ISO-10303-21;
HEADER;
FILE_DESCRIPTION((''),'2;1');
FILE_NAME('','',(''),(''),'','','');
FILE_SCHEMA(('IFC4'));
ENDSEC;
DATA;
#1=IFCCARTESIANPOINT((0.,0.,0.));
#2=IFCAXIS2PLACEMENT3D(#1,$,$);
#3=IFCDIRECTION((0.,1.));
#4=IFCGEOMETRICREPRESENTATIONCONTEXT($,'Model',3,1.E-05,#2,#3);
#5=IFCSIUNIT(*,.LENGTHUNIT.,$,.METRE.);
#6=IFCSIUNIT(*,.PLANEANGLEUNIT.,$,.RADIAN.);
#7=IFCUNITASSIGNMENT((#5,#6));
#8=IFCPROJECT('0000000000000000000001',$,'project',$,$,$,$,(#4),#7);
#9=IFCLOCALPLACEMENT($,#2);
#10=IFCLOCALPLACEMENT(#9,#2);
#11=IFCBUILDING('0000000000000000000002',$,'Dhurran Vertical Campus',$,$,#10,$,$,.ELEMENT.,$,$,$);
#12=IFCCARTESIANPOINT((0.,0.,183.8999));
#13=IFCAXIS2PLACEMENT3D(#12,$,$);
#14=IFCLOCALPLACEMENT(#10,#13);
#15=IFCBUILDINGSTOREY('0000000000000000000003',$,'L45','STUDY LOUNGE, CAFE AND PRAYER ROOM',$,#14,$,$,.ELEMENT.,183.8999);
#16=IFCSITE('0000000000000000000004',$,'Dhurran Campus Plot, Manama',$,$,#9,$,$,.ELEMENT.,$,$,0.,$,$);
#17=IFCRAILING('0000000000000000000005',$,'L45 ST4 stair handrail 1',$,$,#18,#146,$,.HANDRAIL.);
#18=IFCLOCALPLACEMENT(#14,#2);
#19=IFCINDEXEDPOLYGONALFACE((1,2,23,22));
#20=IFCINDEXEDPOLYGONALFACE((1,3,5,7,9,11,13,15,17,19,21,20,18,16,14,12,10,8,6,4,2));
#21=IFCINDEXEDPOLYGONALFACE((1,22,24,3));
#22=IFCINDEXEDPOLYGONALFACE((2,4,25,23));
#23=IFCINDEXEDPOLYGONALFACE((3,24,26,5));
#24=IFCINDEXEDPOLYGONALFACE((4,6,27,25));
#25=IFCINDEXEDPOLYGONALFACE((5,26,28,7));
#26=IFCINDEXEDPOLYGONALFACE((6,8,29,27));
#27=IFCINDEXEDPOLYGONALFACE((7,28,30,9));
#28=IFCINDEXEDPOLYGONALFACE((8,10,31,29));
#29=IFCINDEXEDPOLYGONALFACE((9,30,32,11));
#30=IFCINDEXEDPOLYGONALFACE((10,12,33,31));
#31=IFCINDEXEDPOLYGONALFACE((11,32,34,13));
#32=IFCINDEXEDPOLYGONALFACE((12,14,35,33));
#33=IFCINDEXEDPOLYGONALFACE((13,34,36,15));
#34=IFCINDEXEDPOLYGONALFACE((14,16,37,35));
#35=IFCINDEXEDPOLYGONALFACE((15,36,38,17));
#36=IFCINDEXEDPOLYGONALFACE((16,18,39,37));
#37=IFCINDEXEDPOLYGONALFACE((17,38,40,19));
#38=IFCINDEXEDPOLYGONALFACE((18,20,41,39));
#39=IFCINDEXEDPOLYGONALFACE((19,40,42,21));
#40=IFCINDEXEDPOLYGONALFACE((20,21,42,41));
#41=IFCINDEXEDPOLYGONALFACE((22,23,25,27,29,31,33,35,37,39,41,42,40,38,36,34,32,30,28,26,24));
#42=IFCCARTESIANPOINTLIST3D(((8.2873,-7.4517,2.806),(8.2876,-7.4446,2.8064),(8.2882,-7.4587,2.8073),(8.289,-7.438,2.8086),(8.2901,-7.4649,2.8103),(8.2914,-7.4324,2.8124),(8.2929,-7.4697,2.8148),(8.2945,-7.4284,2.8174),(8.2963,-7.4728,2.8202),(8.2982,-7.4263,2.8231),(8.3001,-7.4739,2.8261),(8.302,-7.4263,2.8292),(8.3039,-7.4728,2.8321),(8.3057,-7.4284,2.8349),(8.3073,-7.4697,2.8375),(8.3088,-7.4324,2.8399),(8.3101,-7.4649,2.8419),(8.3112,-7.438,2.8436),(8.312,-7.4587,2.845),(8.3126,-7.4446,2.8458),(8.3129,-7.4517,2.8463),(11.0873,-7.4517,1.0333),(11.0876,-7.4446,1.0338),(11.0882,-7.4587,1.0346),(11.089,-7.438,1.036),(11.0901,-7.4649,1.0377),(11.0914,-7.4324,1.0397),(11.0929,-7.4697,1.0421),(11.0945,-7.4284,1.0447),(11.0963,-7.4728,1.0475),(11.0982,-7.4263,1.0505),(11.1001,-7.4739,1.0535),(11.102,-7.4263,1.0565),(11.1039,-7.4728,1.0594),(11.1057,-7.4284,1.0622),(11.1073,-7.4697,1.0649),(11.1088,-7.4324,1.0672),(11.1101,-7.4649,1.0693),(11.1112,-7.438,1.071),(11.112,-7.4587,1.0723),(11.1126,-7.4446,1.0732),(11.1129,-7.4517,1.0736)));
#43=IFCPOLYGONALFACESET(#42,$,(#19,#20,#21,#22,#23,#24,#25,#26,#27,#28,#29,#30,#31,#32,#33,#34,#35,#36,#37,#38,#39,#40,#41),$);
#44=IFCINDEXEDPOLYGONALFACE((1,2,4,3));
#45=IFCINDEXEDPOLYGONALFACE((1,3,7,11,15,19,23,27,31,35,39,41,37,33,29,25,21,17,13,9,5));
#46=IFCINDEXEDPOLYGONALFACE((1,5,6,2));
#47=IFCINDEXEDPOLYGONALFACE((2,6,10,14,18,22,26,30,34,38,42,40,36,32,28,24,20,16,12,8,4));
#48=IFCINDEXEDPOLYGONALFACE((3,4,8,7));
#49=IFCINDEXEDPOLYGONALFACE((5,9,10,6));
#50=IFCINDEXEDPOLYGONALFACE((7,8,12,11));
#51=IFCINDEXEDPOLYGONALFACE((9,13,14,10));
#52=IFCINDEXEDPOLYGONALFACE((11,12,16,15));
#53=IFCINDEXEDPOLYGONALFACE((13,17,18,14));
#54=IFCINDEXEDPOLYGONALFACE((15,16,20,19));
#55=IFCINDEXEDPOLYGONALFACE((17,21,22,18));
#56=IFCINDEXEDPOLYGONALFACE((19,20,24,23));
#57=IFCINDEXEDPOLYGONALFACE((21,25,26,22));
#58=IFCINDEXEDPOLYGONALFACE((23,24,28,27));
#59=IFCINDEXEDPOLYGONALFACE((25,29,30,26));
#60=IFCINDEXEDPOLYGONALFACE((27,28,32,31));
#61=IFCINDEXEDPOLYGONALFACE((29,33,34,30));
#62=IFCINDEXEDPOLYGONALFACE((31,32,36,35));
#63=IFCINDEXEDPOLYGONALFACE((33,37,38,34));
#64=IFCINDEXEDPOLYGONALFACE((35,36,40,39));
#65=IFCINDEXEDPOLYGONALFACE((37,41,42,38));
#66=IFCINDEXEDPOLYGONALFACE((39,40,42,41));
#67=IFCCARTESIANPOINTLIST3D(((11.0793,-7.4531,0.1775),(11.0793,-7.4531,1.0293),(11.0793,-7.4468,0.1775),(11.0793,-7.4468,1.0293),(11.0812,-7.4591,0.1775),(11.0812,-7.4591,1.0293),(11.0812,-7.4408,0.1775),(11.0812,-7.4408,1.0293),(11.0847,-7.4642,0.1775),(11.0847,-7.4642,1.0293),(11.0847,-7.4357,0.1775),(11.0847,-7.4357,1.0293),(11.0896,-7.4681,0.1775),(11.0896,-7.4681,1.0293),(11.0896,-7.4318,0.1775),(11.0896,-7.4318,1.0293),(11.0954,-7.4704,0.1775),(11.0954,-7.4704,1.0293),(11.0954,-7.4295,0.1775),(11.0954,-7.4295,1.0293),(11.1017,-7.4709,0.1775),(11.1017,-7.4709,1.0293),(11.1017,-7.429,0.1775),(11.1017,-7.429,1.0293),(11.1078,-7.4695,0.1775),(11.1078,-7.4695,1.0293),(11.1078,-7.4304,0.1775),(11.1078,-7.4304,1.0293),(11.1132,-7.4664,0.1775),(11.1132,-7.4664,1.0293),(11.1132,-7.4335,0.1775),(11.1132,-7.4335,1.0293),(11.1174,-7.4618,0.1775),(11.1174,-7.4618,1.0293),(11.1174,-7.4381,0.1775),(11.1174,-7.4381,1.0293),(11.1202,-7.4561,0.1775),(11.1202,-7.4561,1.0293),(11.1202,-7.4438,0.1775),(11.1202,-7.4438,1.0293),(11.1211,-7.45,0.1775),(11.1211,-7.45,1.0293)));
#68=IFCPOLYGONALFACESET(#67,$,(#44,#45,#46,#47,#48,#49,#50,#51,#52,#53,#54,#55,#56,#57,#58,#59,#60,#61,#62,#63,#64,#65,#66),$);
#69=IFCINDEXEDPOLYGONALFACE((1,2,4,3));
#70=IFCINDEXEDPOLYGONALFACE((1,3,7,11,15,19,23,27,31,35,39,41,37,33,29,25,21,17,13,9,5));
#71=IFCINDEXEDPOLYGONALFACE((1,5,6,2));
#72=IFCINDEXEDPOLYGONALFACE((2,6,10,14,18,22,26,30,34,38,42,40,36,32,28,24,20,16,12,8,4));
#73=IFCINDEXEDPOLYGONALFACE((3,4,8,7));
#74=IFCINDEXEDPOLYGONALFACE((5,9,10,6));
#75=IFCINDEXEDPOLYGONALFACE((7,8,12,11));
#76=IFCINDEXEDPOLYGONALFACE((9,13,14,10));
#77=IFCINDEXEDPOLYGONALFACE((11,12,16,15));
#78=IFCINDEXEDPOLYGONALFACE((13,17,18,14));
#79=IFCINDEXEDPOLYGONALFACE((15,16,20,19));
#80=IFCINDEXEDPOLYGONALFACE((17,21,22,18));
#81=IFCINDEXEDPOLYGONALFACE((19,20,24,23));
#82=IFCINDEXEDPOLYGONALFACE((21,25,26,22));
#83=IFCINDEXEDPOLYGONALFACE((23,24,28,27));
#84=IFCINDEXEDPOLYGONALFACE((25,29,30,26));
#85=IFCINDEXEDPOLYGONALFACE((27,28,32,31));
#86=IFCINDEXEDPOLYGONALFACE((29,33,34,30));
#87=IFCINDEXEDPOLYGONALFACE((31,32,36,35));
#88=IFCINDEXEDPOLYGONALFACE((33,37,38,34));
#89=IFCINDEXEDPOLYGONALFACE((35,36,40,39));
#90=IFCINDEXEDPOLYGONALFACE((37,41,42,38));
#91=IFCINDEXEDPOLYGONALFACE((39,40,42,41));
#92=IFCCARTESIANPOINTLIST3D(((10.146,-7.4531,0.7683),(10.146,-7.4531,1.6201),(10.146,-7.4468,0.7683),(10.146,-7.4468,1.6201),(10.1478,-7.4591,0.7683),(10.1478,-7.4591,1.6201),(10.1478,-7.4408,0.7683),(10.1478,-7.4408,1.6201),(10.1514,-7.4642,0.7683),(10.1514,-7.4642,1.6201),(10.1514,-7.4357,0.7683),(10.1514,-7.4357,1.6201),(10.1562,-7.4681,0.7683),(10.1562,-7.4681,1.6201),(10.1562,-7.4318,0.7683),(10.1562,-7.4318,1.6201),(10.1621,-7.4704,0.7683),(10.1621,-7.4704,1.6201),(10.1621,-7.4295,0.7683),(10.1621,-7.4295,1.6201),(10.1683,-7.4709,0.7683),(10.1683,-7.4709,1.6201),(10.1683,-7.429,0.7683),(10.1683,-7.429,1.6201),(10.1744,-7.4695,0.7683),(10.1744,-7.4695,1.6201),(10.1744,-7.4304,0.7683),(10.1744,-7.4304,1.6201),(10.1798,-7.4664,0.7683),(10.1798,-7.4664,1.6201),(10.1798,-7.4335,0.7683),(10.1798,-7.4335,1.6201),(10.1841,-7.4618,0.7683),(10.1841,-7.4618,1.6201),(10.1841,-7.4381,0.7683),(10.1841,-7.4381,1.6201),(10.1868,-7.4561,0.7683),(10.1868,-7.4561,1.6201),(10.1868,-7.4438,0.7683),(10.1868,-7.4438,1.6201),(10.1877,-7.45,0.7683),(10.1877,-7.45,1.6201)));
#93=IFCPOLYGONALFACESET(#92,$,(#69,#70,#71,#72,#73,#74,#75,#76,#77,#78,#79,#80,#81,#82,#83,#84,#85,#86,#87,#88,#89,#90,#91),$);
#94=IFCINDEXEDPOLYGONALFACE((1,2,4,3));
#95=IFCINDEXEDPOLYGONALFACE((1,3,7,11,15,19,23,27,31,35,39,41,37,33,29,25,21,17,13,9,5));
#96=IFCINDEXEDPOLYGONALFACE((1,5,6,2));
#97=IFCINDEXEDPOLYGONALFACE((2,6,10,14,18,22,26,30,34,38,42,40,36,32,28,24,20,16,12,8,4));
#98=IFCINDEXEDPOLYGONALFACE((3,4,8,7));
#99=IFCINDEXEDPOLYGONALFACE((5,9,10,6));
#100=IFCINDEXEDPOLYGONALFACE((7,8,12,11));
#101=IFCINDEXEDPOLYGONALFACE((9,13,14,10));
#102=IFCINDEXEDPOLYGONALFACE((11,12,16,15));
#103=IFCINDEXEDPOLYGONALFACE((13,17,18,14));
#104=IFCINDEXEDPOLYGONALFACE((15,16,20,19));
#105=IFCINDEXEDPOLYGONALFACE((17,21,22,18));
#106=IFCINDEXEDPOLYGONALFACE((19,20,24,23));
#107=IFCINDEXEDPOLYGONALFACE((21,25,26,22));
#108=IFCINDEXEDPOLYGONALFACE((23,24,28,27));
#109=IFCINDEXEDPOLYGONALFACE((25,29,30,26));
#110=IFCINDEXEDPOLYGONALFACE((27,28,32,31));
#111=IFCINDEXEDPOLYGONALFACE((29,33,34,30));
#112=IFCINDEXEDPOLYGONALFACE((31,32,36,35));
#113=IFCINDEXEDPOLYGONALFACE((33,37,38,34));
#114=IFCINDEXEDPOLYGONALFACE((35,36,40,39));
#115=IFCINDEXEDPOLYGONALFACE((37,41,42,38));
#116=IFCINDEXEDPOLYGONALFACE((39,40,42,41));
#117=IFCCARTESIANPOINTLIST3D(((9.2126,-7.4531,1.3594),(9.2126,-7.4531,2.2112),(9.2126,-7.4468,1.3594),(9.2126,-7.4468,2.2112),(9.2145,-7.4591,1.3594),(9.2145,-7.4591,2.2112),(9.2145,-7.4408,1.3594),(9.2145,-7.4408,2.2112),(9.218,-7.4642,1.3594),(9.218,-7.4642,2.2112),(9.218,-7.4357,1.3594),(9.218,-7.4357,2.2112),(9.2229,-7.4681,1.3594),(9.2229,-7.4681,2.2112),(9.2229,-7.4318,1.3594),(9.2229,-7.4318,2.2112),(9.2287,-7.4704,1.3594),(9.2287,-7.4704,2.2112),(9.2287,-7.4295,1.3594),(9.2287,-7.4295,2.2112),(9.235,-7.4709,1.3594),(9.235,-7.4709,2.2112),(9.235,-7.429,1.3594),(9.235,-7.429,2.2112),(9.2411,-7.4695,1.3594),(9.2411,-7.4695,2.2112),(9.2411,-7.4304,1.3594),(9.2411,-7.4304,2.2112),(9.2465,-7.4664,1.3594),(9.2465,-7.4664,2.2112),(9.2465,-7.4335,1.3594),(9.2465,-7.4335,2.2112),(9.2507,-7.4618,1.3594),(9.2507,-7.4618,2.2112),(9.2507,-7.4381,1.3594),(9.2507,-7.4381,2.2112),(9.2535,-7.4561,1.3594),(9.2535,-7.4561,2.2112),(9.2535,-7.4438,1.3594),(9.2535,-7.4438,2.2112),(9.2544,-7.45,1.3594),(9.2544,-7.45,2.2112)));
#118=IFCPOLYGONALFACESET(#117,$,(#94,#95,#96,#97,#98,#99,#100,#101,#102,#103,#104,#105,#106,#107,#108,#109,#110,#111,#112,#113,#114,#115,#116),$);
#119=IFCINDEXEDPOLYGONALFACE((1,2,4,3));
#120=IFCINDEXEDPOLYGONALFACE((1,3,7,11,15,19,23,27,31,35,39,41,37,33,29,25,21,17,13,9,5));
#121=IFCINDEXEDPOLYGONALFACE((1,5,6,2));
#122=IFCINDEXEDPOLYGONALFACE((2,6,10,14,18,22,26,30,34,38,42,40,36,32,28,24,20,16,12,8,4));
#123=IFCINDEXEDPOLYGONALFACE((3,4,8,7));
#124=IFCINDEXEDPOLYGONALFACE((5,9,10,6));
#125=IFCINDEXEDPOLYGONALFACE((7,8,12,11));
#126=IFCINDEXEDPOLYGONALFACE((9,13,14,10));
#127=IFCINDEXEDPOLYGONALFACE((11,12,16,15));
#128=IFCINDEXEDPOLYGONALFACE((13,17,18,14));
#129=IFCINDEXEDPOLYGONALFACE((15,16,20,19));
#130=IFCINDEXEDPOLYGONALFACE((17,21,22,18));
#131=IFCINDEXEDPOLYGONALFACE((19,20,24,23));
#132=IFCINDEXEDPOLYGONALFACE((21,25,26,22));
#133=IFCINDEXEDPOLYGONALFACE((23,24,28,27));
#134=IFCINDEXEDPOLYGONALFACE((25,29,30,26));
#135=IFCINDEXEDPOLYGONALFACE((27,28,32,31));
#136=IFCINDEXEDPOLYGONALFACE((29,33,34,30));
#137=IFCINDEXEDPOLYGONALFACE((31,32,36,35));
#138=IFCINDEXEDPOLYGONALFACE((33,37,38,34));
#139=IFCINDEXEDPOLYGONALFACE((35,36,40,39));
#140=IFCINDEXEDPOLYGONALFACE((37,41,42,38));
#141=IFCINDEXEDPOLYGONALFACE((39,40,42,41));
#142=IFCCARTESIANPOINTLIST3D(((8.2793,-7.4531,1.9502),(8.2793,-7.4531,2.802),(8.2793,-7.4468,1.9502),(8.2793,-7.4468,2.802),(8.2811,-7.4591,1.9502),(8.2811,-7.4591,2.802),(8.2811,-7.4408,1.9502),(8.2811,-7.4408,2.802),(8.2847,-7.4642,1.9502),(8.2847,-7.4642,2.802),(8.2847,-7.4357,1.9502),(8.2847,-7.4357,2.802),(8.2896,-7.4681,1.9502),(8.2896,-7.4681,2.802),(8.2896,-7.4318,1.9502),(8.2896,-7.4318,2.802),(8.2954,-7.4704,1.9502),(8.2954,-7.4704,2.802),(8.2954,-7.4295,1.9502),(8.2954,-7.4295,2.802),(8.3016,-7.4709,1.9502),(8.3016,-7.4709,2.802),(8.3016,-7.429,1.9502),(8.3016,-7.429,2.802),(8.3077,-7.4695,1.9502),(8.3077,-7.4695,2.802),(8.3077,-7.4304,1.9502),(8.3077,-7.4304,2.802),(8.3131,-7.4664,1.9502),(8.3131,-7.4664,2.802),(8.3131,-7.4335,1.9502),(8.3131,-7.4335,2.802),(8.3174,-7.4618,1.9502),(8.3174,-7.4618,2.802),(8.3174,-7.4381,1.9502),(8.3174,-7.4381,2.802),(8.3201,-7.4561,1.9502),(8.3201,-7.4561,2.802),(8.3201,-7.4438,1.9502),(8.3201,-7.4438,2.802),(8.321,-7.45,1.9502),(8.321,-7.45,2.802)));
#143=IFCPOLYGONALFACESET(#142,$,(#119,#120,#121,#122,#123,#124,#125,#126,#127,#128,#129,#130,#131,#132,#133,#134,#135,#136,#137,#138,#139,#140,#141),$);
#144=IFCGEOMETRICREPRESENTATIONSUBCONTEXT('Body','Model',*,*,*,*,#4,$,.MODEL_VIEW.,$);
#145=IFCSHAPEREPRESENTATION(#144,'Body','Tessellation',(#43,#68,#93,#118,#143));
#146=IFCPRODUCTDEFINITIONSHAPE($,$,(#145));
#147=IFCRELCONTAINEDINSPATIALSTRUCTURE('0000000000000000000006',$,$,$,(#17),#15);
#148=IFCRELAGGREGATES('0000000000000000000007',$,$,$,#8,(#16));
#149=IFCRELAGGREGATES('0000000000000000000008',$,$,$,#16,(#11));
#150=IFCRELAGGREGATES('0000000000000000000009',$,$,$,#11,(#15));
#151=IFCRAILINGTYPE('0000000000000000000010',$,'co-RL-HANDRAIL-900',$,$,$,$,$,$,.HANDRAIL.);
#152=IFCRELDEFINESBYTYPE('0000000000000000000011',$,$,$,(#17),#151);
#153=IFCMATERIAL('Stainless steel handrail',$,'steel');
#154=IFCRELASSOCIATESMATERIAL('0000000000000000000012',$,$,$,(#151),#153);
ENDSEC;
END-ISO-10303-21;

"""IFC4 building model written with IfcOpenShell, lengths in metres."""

from ifc_helpers import new_model, si_unit, direction, frame, origin, origin_2d, place, context, subcontext, project, spatial, circle, extrude, material, type_object, element, save


model = new_model("IFC4")

# Units and contexts
model_context = context("Model", 3, precision=1e-05, world=origin(), true_north=direction((0.0, 1.0)))
body_context = subcontext(model_context, "Body", "Model", "MODEL_VIEW")
ifc_project = project(units=[si_unit("LENGTHUNIT", "METRE"), si_unit("PLANEANGLEUNIT", "RADIAN")], contexts=[model_context])

# Site, building, storey
site_placement = place(None, origin())
site = spatial("IfcSite", under=ifc_project, at=site_placement, Name="Dhurran Campus Plot, Manama", CompositionType="ELEMENT", RefElevation=0.0)
building_placement = place(site_placement, origin())
building = spatial("IfcBuilding", under=site, at=building_placement, Name="Dhurran Vertical Campus", CompositionType="ELEMENT")
storey_placement = place(building_placement, frame((0.0, 0.0, 183.8999)))
storey = spatial("IfcBuildingStorey", under=building, at=storey_placement, Name="L45", Description="STUDY LOUNGE, CAFE AND PRAYER ROOM", CompositionType="ELEMENT", Elevation=183.8999)

# Railing
ifc_material_1 = material(Name="Stainless steel handrail", Category="steel")
railing_type_1 = type_object("IfcRailingType", Name="co-RL-HANDRAIL-900", PredefinedType="HANDRAIL", material=ifc_material_1)
railing_1_placement = place(storey_placement, frame((11.1001, -7.45, 0.1775)))
element("IfcRailing", 1, at=railing_1_placement, inside=storey, type_object=railing_type_1, Name="L45 ST4 stair handrail 1", PredefinedType="HANDRAIL", context=body_context, shape_type="SweptSolid", body=[
    extrude(circle(Radius=0.0239, at=origin_2d()), frame((0.0, 0.0, 0.876), z_axis=(-0.844909, 0.0, 0.53491), x_axis=(0.0, -1.0, 0.0)), (0.0, 0.0, 1.0), 3.314),
    extrude(circle(Radius=0.021, at=origin_2d()), origin(), (0.0, 0.0, 1.0), 0.8518),
    extrude(circle(Radius=0.021, at=origin_2d()), frame((-0.9333, 0.0, 0.5908)), (0.0, 0.0, 1.0), 0.8518),
    extrude(circle(Radius=0.021, at=origin_2d()), frame((-1.8667, 0.0, 1.1819)), (0.0, 0.0, 1.0), 0.8518),
    extrude(circle(Radius=0.021, at=origin_2d()), frame((-2.8, 0.0, 1.7727)), (0.0, 0.0, 1.0), 0.8518),
])

save(model, "model.ifc")
